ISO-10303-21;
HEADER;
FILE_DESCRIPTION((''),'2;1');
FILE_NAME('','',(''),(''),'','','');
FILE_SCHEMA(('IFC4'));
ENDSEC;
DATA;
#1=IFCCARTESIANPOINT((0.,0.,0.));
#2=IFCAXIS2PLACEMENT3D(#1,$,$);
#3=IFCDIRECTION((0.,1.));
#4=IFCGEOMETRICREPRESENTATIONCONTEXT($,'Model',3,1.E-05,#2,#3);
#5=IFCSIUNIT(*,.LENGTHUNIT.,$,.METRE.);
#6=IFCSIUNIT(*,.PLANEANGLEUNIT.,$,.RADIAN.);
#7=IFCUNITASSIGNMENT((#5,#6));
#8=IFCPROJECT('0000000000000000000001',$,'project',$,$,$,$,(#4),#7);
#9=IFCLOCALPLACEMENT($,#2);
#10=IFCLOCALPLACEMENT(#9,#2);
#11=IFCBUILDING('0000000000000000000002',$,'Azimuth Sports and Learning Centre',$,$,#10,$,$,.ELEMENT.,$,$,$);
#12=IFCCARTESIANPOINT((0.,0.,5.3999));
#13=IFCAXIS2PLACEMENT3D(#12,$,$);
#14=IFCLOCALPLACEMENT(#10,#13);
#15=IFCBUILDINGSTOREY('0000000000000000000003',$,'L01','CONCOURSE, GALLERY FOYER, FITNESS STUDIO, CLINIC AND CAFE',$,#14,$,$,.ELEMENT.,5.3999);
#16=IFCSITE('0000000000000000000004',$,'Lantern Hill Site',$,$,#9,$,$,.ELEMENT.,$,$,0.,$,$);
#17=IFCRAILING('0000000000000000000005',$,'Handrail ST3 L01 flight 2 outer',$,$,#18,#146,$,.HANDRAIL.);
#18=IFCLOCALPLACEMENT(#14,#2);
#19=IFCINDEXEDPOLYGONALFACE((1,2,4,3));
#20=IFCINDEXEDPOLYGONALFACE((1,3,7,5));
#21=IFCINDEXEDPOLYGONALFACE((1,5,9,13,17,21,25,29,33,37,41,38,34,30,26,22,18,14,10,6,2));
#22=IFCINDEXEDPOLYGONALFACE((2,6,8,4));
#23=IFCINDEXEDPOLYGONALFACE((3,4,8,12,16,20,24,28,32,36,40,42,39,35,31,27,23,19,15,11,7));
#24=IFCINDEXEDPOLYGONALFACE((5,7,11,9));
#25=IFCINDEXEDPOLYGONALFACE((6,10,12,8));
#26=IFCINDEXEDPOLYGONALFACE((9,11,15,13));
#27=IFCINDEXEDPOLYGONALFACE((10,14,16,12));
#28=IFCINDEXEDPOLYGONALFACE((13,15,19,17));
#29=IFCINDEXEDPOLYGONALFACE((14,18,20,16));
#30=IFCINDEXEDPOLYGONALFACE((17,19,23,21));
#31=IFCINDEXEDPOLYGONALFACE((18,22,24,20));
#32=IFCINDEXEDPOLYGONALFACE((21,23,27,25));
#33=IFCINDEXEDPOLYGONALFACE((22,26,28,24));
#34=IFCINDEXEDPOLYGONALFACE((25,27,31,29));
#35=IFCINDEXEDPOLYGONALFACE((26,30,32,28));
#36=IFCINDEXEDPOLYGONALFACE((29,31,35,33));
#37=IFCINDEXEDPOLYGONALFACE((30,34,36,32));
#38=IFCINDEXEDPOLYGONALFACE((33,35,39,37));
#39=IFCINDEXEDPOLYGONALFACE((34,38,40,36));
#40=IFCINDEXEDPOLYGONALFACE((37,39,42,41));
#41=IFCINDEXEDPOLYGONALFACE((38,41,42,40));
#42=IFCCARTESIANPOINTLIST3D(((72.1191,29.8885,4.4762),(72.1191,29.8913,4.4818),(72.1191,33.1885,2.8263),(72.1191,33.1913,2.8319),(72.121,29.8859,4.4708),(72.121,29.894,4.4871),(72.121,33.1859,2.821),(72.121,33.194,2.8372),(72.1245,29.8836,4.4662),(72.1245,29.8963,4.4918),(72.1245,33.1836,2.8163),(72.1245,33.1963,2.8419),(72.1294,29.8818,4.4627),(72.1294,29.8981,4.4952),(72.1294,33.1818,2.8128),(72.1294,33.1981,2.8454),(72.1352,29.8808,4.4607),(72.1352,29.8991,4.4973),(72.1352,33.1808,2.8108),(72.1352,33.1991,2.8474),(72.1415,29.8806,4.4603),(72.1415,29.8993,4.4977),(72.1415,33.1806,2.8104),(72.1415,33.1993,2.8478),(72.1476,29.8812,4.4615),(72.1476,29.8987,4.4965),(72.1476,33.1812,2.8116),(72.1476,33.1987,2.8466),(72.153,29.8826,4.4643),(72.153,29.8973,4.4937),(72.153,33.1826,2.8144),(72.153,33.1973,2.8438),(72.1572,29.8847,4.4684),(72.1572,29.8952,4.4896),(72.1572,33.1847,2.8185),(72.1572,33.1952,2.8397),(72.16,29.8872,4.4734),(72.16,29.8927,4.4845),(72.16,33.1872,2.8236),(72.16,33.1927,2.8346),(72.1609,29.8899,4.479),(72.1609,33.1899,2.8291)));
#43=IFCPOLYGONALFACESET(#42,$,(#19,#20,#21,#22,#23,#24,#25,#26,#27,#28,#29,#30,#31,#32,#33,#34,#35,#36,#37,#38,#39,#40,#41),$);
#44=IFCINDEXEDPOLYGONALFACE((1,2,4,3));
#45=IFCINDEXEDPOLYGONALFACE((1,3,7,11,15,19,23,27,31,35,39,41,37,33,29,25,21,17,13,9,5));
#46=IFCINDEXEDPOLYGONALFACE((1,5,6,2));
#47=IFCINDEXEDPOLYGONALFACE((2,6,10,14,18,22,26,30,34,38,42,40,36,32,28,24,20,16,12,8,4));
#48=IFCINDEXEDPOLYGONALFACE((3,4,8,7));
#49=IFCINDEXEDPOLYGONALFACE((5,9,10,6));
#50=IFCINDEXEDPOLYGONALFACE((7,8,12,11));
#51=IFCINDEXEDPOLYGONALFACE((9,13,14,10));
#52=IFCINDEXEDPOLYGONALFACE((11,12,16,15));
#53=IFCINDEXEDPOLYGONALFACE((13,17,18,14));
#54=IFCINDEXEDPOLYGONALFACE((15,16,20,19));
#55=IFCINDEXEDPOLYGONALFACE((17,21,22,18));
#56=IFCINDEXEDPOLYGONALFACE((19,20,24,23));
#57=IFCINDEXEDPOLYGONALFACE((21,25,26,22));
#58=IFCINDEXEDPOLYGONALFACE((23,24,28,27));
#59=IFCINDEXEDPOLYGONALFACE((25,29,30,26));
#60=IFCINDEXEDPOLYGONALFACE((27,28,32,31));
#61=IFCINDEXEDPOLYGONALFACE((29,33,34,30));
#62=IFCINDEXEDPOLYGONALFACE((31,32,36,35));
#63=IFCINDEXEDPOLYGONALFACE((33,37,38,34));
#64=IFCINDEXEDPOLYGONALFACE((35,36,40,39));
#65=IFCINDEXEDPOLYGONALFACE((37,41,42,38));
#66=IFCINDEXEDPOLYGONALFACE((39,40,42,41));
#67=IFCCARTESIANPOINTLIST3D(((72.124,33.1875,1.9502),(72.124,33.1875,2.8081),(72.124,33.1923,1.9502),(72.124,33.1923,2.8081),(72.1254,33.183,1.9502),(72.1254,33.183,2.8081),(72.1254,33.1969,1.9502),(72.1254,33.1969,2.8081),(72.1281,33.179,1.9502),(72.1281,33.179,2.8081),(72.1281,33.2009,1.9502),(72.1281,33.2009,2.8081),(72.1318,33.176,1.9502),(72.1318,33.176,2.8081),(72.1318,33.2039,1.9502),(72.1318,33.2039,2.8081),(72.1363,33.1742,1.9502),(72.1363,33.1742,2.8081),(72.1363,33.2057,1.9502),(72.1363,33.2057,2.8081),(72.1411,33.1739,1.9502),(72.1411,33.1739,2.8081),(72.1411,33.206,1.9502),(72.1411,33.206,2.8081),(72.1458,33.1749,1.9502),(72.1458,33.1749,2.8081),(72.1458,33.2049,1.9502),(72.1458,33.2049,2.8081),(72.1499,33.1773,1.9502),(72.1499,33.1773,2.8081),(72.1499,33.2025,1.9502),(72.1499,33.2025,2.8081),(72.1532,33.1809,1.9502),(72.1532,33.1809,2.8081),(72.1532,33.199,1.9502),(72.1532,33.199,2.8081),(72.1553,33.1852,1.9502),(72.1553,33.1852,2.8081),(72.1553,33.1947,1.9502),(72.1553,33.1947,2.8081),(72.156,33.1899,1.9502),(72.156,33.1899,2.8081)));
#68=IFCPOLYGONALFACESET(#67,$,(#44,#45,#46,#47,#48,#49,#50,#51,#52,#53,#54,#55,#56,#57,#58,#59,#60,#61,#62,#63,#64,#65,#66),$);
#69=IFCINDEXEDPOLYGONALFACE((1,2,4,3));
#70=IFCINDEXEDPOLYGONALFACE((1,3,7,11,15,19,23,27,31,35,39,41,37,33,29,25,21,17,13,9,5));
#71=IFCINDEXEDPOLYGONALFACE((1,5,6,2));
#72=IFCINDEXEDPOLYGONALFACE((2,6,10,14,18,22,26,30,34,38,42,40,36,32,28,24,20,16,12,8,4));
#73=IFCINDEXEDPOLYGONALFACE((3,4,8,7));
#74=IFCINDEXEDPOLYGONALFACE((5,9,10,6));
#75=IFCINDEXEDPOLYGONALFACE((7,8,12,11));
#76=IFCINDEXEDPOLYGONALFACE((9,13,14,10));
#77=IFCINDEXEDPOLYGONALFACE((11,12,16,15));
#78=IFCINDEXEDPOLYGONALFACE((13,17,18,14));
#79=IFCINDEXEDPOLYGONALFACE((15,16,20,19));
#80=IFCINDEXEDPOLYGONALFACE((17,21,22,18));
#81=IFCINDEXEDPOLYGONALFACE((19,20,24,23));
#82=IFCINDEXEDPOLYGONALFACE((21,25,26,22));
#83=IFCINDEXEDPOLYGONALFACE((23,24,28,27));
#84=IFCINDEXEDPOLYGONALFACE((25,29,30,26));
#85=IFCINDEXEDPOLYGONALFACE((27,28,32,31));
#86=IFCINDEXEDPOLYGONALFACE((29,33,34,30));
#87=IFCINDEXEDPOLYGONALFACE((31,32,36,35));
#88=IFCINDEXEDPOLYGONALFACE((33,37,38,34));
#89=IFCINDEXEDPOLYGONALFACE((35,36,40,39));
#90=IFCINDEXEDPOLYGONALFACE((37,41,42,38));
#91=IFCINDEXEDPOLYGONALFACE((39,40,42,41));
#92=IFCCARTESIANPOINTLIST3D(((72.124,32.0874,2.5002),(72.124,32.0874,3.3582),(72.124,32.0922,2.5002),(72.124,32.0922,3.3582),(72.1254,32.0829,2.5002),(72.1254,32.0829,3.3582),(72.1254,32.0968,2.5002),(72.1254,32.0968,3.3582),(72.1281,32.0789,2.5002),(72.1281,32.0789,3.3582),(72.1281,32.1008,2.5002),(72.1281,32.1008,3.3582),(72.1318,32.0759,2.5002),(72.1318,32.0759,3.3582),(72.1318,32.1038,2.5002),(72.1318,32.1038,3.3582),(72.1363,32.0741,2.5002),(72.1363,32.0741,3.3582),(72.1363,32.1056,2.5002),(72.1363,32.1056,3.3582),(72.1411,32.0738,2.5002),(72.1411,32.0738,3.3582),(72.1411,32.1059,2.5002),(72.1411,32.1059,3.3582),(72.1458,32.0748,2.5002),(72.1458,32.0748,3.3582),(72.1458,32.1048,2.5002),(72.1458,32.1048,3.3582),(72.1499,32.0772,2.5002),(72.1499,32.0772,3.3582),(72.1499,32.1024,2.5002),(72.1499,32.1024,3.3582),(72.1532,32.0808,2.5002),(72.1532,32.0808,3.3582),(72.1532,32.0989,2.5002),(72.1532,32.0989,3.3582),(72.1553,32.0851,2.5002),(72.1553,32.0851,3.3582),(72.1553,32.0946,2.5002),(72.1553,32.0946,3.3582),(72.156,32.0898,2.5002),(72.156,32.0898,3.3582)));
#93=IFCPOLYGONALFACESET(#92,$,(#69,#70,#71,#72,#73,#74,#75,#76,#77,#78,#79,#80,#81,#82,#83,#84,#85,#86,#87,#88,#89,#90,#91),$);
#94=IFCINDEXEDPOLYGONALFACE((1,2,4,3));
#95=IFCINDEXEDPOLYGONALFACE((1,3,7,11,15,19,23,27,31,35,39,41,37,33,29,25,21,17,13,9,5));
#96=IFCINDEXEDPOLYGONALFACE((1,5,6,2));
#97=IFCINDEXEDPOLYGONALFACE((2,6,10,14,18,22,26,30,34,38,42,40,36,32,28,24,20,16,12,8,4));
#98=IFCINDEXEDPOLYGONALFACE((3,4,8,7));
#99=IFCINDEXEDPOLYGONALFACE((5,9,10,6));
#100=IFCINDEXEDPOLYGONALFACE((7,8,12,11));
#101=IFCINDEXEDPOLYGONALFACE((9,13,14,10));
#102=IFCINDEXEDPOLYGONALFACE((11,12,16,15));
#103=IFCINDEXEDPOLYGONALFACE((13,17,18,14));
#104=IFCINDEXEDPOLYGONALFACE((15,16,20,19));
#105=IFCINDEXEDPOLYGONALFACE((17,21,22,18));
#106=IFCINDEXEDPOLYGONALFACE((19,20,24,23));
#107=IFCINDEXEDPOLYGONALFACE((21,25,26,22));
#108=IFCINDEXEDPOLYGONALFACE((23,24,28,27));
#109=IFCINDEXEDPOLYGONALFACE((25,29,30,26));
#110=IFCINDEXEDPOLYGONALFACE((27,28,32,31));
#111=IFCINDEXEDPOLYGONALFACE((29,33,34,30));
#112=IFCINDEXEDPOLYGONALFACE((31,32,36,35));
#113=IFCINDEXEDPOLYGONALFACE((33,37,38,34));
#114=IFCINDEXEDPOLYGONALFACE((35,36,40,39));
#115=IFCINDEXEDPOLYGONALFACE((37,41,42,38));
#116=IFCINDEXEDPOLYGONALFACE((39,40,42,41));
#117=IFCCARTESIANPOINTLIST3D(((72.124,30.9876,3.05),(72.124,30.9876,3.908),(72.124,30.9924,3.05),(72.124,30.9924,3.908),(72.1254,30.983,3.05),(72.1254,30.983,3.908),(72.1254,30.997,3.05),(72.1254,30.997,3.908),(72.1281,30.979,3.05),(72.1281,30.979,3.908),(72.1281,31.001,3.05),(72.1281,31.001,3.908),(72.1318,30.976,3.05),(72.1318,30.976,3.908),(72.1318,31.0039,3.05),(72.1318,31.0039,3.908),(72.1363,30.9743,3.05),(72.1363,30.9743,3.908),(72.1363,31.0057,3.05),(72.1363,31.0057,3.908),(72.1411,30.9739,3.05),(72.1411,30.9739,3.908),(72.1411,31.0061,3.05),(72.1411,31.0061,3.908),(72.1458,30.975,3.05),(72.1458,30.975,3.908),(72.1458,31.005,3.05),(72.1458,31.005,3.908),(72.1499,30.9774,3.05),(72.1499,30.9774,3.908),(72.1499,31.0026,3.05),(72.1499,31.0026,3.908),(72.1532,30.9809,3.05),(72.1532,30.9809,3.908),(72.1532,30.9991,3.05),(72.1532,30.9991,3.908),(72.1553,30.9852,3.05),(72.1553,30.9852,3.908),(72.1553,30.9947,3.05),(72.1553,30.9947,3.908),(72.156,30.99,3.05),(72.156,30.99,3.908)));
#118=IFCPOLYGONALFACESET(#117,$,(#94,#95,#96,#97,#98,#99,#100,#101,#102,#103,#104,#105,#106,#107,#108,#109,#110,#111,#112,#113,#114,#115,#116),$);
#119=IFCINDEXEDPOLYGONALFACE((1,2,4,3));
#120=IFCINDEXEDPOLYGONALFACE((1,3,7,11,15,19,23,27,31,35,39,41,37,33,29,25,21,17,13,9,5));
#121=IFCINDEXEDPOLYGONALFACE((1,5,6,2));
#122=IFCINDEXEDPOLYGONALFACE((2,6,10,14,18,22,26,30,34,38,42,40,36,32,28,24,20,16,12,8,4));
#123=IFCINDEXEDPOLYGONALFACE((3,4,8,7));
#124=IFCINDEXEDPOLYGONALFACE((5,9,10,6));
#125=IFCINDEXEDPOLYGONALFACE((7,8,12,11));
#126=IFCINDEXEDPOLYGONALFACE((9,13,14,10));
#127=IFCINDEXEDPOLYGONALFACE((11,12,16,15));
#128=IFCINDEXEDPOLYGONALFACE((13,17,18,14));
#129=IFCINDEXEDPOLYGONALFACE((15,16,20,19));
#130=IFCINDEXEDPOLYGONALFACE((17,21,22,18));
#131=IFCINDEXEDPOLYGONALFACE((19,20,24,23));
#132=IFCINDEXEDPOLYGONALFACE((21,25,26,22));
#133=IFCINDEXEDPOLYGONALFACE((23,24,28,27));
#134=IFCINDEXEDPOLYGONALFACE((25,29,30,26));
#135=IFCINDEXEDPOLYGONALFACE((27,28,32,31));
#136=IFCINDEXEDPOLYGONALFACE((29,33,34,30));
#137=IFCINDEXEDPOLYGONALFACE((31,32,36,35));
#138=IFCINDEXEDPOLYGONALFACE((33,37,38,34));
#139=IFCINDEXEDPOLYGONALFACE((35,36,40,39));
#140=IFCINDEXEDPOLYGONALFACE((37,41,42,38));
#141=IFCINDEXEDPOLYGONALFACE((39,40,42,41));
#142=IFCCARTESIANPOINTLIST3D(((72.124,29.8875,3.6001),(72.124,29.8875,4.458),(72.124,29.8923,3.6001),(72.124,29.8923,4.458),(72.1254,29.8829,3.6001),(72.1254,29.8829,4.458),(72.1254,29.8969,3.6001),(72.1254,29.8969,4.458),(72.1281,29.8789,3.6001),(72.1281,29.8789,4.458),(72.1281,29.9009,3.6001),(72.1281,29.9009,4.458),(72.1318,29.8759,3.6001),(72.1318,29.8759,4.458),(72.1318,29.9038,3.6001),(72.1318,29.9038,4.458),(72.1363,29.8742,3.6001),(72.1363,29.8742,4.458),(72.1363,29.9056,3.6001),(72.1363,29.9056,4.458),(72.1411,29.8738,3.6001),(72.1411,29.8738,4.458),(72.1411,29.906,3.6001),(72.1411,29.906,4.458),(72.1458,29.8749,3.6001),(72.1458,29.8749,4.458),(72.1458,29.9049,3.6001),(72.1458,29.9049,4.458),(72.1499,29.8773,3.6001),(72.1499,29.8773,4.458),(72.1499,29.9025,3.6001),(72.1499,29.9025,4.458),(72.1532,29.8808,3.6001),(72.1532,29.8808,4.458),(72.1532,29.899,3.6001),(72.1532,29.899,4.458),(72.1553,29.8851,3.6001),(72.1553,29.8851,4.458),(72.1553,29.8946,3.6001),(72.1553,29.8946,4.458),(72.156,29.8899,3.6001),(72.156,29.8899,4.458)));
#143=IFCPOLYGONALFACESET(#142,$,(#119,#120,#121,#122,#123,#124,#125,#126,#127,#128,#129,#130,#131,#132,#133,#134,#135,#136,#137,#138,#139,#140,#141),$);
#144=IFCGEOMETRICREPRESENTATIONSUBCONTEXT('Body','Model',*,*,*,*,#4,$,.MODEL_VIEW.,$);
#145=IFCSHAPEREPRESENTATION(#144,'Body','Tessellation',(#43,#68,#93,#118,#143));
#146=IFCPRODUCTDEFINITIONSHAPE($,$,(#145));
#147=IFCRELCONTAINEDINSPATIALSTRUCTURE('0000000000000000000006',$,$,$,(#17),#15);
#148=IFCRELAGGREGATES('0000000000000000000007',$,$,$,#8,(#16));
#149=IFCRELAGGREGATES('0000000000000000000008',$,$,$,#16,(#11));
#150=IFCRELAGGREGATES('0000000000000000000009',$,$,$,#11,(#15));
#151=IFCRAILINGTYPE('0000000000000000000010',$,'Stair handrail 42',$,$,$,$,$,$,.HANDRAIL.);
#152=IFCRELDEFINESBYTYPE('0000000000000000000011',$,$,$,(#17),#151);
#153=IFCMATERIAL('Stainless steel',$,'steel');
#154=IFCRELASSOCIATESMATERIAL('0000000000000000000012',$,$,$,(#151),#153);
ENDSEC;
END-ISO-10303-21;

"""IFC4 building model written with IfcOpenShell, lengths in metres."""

from ifc_helpers import new_model, si_unit, direction, frame, origin, origin_2d, place, context, subcontext, project, spatial, circle, extrude, material, type_object, element, save


model = new_model("IFC4")

# Units and contexts
model_context = context("Model", 3, precision=1e-05, world=origin(), true_north=direction((0.0, 1.0)))
body_context = subcontext(model_context, "Body", "Model", "MODEL_VIEW")
ifc_project = project(units=[si_unit("LENGTHUNIT", "METRE"), si_unit("PLANEANGLEUNIT", "RADIAN")], contexts=[model_context])

# Site, building, storey
site_placement = place(None, origin())
site = spatial("IfcSite", under=ifc_project, at=site_placement, Name="Lantern Hill Site", CompositionType="ELEMENT", RefElevation=0.0)
building_placement = place(site_placement, origin())
building = spatial("IfcBuilding", under=site, at=building_placement, Name="Azimuth Sports and Learning Centre", CompositionType="ELEMENT")
storey_placement = place(building_placement, frame((0.0, 0.0, 5.3999)))
storey = spatial("IfcBuildingStorey", under=building, at=storey_placement, Name="L01", Description="CONCOURSE, GALLERY FOYER, FITNESS STUDIO, CLINIC AND CAFE", CompositionType="ELEMENT", Elevation=5.3999)

# Railing
ifc_material_1 = material(Name="Stainless steel", Category="steel")
railing_type_1 = type_object("IfcRailingType", Name="Stair handrail 42", PredefinedType="HANDRAIL", material=ifc_material_1)
for number, where, name in (
    (1, (72.1399, 33.1899, 1.9502), "Handrail ST3 L01 flight 2 outer"),
):
    element("IfcRailing", number, at=place(storey_placement, frame(where)), inside=storey, type_object=railing_type_1, Name=name, PredefinedType="HANDRAIL", context=body_context, shape_type="SweptSolid", body=[
        extrude(circle(Radius=0.021, at=origin_2d()), frame((0.0, 0.0, 0.8789), z_axis=(0.0, -0.89444, 0.447187), x_axis=(1.0, 0.0, 0.0)), (0.0, 0.0, 1.0), 3.6895),
        extrude(circle(Radius=0.0161, at=origin_2d()), origin(), (0.0, 0.0, 1.0), 0.8579),
        extrude(circle(Radius=0.0161, at=origin_2d()), frame((0.0, -1.1001, 0.55)), (0.0, 0.0, 1.0), 0.8579),
        extrude(circle(Radius=0.0161, at=origin_2d()), frame((0.0, -2.2, 1.0999)), (0.0, 0.0, 1.0), 0.8579),
        extrude(circle(Radius=0.0161, at=origin_2d()), frame((0.0, -3.3, 1.6499)), (0.0, 0.0, 1.0), 0.8579),
    ])

save(model, "model.ifc")
